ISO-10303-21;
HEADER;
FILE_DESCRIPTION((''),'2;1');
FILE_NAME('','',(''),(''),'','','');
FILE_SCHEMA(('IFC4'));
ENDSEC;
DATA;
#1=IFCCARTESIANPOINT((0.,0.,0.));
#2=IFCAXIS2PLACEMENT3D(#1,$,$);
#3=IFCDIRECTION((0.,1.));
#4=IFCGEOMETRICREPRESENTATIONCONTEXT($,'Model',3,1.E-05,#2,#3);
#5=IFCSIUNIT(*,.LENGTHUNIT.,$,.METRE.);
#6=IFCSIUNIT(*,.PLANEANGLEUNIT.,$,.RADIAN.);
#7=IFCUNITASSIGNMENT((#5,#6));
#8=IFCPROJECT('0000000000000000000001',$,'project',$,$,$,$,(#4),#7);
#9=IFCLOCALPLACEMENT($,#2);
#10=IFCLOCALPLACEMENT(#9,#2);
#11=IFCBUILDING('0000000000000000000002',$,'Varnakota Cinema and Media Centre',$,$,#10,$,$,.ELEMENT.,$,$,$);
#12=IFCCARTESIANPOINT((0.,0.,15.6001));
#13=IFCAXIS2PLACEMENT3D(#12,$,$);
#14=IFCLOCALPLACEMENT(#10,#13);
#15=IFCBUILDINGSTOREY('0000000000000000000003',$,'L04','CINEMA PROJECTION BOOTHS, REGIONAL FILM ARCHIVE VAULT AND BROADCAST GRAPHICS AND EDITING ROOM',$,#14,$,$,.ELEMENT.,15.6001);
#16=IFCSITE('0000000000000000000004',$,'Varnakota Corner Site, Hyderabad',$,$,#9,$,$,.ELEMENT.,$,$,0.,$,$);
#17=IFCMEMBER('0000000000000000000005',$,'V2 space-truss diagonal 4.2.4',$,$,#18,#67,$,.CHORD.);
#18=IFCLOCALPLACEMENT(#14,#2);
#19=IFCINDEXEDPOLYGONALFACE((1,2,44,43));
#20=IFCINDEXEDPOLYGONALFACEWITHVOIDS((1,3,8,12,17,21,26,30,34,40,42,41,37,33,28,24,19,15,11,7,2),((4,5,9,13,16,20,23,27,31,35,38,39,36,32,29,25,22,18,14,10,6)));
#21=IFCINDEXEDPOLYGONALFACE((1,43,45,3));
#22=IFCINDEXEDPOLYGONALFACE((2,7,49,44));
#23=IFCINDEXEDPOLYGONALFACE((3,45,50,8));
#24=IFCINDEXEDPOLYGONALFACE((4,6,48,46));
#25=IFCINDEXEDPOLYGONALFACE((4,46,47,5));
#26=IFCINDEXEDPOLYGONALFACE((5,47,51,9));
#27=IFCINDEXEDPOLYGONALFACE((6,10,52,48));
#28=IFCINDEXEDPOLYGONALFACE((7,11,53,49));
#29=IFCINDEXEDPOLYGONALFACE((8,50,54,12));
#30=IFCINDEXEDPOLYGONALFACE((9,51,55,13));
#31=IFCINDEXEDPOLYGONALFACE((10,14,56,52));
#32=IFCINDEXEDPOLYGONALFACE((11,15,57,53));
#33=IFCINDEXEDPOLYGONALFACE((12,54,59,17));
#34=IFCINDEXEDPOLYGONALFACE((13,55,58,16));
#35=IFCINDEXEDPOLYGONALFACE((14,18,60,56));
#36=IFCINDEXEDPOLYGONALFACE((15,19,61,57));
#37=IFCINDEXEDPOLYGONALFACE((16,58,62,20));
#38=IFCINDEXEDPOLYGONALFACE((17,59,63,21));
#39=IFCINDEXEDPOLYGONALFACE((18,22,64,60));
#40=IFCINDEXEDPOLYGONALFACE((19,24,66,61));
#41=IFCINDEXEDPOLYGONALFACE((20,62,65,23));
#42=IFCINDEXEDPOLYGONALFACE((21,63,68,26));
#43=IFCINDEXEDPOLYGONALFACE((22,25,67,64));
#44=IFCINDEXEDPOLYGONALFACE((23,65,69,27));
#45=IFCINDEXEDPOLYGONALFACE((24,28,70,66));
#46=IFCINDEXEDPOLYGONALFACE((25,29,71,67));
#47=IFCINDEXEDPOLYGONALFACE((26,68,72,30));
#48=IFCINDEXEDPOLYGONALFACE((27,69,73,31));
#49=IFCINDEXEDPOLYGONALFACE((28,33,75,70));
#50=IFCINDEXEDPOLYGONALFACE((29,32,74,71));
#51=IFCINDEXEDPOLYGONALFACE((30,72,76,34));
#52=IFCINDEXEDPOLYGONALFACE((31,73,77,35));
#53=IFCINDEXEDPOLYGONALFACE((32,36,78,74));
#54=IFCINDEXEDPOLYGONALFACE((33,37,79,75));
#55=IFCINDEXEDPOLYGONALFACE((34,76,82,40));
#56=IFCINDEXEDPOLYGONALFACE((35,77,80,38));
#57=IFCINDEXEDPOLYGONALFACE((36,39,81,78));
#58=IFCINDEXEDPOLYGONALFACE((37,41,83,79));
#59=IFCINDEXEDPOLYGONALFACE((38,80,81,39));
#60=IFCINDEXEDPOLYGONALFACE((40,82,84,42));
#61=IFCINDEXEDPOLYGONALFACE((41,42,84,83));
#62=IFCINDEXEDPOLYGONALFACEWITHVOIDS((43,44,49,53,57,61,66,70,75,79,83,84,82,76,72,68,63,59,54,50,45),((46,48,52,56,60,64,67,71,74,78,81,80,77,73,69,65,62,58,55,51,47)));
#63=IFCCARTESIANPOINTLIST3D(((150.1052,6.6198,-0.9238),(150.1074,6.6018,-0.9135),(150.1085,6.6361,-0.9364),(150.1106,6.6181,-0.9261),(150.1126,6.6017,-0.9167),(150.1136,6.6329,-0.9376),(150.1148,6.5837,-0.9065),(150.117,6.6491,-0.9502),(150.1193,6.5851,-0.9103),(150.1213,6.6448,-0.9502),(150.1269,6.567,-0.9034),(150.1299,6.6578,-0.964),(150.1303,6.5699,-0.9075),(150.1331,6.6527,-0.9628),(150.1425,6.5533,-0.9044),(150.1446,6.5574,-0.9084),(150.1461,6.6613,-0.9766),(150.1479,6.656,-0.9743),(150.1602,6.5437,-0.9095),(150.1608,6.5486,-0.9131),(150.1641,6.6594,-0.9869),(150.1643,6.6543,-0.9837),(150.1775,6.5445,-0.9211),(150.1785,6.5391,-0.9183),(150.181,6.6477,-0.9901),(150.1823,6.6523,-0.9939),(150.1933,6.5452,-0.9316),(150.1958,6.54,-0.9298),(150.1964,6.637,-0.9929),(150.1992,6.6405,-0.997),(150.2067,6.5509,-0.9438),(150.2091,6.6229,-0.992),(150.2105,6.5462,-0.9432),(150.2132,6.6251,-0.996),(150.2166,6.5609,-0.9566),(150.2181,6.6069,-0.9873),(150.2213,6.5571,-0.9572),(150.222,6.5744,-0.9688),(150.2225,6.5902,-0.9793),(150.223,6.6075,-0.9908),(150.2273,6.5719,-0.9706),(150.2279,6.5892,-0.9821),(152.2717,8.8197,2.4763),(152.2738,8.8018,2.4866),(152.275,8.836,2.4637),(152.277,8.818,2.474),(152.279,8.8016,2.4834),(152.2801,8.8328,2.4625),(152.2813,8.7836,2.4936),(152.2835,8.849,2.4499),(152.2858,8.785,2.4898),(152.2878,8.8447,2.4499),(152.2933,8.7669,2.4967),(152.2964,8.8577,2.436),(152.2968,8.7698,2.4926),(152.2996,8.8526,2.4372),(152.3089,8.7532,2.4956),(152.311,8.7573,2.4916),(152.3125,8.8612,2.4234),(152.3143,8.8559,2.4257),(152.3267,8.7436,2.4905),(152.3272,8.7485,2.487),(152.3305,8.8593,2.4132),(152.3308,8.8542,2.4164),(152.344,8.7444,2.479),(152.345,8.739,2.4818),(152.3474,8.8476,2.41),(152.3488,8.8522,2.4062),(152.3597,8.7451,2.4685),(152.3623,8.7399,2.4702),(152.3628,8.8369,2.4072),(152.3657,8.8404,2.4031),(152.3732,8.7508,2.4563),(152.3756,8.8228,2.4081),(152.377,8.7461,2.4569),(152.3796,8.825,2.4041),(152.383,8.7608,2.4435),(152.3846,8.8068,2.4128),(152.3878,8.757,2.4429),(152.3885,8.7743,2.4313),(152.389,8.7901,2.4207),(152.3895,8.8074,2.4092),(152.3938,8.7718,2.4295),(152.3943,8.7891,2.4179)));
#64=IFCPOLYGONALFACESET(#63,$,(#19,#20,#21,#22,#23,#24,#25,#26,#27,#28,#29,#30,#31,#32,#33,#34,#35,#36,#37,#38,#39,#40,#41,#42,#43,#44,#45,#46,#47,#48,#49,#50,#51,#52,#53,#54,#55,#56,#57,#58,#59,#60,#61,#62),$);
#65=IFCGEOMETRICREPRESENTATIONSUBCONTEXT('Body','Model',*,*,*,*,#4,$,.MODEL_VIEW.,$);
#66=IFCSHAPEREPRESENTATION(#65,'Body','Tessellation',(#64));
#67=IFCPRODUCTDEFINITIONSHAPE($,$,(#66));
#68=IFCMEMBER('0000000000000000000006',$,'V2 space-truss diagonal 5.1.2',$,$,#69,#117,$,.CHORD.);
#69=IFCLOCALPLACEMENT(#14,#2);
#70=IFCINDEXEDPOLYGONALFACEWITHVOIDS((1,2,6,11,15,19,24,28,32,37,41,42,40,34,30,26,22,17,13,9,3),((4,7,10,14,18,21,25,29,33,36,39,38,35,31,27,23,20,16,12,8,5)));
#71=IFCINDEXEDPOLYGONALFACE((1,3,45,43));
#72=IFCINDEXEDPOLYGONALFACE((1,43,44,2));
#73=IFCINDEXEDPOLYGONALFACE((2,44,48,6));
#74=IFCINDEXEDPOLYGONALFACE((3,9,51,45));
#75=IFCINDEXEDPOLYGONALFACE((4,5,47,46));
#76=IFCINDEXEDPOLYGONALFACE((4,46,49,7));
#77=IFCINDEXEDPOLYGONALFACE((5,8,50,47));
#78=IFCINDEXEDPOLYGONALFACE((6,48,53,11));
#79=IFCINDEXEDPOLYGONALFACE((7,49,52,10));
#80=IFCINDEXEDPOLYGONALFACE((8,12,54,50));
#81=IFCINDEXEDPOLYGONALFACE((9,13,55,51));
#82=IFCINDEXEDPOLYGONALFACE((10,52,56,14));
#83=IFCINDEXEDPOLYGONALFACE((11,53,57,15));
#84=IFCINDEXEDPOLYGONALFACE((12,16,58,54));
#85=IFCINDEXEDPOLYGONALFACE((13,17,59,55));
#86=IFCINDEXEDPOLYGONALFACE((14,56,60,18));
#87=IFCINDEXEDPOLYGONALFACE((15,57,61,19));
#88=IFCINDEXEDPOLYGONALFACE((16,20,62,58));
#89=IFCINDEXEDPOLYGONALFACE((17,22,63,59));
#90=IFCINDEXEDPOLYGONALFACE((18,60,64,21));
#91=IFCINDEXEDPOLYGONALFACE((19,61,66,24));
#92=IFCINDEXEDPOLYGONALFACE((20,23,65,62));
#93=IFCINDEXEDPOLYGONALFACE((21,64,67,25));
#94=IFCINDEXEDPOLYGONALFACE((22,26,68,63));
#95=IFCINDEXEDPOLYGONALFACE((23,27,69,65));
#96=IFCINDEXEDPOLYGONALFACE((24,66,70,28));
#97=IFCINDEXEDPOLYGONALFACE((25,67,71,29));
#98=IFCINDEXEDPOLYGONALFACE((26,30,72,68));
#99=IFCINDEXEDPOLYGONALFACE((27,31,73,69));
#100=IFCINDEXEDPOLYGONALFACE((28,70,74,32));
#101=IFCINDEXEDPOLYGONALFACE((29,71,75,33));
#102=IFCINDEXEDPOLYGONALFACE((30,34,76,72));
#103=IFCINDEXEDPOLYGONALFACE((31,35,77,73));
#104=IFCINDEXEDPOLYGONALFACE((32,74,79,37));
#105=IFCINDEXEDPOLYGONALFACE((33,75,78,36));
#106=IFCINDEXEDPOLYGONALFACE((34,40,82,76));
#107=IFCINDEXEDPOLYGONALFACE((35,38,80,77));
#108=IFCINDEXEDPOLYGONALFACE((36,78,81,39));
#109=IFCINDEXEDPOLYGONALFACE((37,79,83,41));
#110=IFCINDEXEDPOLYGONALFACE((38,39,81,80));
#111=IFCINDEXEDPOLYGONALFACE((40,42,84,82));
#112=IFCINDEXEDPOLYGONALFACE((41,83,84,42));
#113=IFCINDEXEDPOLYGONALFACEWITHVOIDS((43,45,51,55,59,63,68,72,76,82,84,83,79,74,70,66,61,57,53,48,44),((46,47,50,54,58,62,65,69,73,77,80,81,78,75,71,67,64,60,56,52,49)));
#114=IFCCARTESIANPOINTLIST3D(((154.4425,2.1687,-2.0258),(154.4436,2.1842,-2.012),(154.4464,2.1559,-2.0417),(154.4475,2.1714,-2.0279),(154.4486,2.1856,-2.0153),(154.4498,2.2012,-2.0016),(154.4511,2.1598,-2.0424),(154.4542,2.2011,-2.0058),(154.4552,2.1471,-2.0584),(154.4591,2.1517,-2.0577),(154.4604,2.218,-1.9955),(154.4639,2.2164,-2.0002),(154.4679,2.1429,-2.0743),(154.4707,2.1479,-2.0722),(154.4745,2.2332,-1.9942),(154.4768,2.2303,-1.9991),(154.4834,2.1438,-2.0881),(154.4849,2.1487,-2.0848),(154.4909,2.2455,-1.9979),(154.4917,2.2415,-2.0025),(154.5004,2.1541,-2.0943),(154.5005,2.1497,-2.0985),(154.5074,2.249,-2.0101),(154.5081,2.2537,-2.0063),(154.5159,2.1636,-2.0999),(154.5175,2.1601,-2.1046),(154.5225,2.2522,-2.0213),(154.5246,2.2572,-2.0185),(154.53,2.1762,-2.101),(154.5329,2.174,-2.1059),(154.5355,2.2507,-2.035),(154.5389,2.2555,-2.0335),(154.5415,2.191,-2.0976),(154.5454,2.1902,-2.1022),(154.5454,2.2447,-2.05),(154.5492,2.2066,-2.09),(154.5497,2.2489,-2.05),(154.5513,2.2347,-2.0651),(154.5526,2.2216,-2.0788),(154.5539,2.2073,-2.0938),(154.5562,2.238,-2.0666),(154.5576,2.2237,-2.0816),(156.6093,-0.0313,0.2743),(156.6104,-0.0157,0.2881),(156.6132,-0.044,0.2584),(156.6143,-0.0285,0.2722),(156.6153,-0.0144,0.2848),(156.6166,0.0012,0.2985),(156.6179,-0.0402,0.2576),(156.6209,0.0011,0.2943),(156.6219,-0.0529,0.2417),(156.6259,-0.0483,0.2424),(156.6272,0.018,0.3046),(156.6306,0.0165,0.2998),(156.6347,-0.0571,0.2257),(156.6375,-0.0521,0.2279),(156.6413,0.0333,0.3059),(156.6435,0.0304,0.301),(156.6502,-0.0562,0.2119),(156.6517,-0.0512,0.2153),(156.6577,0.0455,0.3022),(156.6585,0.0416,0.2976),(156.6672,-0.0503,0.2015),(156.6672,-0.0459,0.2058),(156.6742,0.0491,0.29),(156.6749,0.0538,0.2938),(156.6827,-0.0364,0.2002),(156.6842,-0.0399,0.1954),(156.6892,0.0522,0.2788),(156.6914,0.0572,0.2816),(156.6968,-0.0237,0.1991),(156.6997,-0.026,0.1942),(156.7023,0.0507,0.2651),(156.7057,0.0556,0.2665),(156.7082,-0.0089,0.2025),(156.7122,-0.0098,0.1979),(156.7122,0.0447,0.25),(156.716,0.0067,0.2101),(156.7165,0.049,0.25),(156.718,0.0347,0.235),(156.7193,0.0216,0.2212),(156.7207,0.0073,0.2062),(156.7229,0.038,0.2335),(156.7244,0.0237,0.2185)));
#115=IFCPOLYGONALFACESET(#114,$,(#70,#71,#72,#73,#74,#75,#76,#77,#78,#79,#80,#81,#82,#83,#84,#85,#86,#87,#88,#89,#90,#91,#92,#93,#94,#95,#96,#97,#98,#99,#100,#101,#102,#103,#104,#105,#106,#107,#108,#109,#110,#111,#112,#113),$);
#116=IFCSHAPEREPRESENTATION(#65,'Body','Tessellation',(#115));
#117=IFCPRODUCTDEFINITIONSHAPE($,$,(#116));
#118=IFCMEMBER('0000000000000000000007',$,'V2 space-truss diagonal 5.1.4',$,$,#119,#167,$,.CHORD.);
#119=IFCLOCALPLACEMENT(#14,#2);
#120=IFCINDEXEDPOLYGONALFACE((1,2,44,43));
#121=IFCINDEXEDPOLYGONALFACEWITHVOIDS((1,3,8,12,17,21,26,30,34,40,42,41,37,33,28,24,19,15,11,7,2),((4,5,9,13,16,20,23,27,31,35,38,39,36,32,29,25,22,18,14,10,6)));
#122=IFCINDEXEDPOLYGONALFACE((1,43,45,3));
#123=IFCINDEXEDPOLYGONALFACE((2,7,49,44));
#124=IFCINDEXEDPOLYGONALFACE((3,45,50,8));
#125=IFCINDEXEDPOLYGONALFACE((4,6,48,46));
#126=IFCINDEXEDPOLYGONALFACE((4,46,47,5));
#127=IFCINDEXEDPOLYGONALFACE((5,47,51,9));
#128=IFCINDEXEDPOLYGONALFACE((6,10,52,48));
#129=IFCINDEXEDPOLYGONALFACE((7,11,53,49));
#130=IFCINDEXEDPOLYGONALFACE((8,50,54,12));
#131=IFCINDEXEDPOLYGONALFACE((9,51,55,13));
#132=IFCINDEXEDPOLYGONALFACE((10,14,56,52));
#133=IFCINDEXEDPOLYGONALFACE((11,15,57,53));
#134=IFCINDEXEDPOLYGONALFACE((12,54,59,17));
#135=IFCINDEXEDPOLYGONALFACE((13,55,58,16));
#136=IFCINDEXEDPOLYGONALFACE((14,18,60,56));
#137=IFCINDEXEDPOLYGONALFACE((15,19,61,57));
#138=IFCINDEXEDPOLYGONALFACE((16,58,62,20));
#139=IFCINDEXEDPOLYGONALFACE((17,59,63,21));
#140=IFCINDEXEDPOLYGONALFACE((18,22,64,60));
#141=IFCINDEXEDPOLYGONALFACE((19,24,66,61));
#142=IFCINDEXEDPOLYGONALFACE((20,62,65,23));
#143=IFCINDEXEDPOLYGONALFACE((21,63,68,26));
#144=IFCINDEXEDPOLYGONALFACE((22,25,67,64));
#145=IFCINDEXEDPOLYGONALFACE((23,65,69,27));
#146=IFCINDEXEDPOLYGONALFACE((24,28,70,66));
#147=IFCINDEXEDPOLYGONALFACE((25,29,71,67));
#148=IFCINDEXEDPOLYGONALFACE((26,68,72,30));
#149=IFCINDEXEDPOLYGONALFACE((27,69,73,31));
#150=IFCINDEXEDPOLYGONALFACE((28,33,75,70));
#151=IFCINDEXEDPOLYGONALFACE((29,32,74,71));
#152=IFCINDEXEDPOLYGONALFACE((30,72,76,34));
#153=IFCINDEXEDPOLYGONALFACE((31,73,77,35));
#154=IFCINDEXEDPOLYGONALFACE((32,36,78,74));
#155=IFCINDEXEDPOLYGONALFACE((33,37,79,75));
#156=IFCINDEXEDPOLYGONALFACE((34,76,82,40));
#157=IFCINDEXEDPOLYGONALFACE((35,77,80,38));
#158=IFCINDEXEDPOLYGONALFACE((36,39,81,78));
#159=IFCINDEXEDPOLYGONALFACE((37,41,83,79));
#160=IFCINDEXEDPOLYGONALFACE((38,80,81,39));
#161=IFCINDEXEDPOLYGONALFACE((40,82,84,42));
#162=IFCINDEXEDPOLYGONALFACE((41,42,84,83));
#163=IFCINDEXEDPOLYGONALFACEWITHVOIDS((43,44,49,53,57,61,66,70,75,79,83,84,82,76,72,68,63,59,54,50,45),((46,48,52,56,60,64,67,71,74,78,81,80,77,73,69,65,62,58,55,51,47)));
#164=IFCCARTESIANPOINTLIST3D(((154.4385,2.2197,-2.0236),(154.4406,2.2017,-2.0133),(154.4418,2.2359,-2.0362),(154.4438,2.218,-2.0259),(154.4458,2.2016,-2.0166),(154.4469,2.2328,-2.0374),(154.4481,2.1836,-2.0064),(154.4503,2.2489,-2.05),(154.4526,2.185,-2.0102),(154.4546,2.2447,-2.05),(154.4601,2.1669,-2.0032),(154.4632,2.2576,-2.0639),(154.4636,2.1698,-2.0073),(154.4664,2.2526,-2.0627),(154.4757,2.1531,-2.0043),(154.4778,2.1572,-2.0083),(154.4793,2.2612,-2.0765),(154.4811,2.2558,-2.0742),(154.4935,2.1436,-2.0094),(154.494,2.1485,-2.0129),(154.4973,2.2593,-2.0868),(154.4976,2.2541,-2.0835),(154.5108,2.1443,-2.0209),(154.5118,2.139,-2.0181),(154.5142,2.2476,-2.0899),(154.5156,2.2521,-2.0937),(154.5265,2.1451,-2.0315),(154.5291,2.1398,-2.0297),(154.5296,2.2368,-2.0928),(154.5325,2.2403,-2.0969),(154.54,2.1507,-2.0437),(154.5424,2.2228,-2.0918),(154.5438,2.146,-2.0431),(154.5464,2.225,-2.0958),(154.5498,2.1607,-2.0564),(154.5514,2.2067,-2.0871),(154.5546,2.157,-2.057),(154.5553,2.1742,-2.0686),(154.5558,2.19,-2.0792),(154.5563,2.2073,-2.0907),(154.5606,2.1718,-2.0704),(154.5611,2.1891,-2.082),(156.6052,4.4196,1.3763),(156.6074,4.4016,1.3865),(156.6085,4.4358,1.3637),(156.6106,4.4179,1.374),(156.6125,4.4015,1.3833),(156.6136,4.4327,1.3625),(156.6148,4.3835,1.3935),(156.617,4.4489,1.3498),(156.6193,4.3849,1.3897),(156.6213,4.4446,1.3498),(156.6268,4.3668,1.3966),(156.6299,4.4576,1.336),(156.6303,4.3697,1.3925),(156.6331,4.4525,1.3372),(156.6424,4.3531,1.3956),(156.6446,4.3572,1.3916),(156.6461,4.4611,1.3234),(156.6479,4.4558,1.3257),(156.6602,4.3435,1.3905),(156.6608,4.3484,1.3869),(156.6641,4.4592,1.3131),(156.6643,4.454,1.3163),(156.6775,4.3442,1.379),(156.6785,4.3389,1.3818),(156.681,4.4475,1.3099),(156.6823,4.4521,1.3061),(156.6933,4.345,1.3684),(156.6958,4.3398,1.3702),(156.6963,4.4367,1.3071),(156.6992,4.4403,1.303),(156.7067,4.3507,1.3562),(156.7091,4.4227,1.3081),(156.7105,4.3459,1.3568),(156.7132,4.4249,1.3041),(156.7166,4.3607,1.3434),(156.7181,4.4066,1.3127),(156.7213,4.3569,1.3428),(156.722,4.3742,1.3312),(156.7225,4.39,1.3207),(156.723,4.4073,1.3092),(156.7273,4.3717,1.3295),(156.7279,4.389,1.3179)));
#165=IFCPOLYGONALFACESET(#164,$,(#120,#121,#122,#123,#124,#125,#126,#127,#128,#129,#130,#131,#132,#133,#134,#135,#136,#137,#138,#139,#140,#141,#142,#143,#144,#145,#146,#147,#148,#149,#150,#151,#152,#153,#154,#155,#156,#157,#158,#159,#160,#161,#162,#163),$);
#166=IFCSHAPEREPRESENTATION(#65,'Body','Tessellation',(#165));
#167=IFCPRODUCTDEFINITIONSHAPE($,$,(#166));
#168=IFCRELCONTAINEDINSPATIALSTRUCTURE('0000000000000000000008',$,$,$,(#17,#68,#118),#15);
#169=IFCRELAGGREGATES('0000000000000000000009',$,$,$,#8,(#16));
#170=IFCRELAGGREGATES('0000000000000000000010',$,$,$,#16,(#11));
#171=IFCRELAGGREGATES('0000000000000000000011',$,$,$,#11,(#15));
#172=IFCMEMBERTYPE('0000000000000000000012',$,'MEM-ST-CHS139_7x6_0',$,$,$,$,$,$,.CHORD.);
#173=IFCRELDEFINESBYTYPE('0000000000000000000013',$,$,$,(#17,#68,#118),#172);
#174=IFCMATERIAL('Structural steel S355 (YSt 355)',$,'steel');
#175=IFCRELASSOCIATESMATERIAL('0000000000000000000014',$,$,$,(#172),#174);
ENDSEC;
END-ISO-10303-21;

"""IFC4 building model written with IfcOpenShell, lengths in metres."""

from ifc_helpers import new_model, si_unit, direction, frame, origin, origin_2d, place, context, subcontext, project, spatial, hollow_circle, extrude, material, material_profile, profile_set, type_object, element, save


model = new_model("IFC4")

# Units and contexts
model_context = context("Model", 3, precision=1e-05, world=origin(), true_north=direction((0.0, 1.0)))
body_context = subcontext(model_context, "Body", "Model", "MODEL_VIEW")
ifc_project = project(units=[si_unit("LENGTHUNIT", "METRE"), si_unit("PLANEANGLEUNIT", "RADIAN")], contexts=[model_context])

# Site, building, storey
site_placement = place(None, origin())
site = spatial("IfcSite", under=ifc_project, at=site_placement, Name="Varnakota Corner Site, Hyderabad", CompositionType="ELEMENT", RefElevation=0.0)
building_placement = place(site_placement, origin())
building = spatial("IfcBuilding", under=site, at=building_placement, Name="Varnakota Cinema and Media Centre", CompositionType="ELEMENT")
storey_placement = place(building_placement, frame((0.0, 0.0, 15.6001)))
storey = spatial("IfcBuildingStorey", under=building, at=storey_placement, Name="L04", Description="CINEMA PROJECTION BOOTHS, REGIONAL FILM ARCHIVE VAULT AND BROADCAST GRAPHICS AND EDITING ROOM", CompositionType="ELEMENT", Elevation=15.6001)

# Members
ifc_material_1 = material(Name="Structural steel S355 (YSt 355)", Category="steel")
ifc_material_profile_1 = material_profile(ifc_material_1, hollow_circle(Radius=0.0698, WallThickness=0.0061, at=origin_2d()), Name="CHS 139.7x6.0")
ifc_profile_set_1 = profile_set([ifc_material_profile_1], Name="Structural steel S355 (YSt 355)")
member_type_1 = type_object("IfcMemberType", Name="MEM-ST-CHS139_7x6_0", PredefinedType="CHORD", material=ifc_profile_set_1)
member_1_placement = place(storey_placement, frame((150.1667, 6.6001, -0.9502), z_axis=(0.47171, 0.478992, 0.740309), x_axis=(-0.712502, 0.70167, 0.0)))
element("IfcMember", 1, at=member_1_placement, inside=storey, type_object=member_type_1, Name="V2 space-truss diagonal 4.2.4", PredefinedType="CHORD", context=body_context, shape_type="SweptSolid", body=[
    extrude(hollow_circle(Radius=0.0698, WallThickness=0.0061, at=origin_2d()), origin(), (0.0, 0.0, 1.0), 4.5928),
])
member_2_placement = place(storey_placement, frame((154.5, 2.2, -2.05), z_axis=(0.562748, -0.571371, 0.597369), x_axis=(0.712463, 0.70171, 0.0)))
element("IfcMember", 2, at=member_2_placement, inside=storey, type_object=member_type_1, Name="V2 space-truss diagonal 5.1.2", PredefinedType="CHORD", context=body_context, shape_type="SweptSolid", body=[
    extrude(hollow_circle(Radius=0.0698, WallThickness=0.0061, at=origin_2d()), origin(), (0.0, 0.0, 1.0), 3.8503),
])
member_3_placement = place(storey_placement, frame((154.5, 2.2, -2.05), z_axis=(0.471769, 0.478999, 0.740266), x_axis=(-0.712463, 0.70171, 0.0)))
element("IfcMember", 3, at=member_3_placement, inside=storey, type_object=member_type_1, Name="V2 space-truss diagonal 5.1.4", PredefinedType="CHORD", context=body_context, shape_type="SweptSolid", body=[
    extrude(hollow_circle(Radius=0.0698, WallThickness=0.0061, at=origin_2d()), origin(), (0.0, 0.0, 1.0), 4.5928),
])

save(model, "model.ifc")
